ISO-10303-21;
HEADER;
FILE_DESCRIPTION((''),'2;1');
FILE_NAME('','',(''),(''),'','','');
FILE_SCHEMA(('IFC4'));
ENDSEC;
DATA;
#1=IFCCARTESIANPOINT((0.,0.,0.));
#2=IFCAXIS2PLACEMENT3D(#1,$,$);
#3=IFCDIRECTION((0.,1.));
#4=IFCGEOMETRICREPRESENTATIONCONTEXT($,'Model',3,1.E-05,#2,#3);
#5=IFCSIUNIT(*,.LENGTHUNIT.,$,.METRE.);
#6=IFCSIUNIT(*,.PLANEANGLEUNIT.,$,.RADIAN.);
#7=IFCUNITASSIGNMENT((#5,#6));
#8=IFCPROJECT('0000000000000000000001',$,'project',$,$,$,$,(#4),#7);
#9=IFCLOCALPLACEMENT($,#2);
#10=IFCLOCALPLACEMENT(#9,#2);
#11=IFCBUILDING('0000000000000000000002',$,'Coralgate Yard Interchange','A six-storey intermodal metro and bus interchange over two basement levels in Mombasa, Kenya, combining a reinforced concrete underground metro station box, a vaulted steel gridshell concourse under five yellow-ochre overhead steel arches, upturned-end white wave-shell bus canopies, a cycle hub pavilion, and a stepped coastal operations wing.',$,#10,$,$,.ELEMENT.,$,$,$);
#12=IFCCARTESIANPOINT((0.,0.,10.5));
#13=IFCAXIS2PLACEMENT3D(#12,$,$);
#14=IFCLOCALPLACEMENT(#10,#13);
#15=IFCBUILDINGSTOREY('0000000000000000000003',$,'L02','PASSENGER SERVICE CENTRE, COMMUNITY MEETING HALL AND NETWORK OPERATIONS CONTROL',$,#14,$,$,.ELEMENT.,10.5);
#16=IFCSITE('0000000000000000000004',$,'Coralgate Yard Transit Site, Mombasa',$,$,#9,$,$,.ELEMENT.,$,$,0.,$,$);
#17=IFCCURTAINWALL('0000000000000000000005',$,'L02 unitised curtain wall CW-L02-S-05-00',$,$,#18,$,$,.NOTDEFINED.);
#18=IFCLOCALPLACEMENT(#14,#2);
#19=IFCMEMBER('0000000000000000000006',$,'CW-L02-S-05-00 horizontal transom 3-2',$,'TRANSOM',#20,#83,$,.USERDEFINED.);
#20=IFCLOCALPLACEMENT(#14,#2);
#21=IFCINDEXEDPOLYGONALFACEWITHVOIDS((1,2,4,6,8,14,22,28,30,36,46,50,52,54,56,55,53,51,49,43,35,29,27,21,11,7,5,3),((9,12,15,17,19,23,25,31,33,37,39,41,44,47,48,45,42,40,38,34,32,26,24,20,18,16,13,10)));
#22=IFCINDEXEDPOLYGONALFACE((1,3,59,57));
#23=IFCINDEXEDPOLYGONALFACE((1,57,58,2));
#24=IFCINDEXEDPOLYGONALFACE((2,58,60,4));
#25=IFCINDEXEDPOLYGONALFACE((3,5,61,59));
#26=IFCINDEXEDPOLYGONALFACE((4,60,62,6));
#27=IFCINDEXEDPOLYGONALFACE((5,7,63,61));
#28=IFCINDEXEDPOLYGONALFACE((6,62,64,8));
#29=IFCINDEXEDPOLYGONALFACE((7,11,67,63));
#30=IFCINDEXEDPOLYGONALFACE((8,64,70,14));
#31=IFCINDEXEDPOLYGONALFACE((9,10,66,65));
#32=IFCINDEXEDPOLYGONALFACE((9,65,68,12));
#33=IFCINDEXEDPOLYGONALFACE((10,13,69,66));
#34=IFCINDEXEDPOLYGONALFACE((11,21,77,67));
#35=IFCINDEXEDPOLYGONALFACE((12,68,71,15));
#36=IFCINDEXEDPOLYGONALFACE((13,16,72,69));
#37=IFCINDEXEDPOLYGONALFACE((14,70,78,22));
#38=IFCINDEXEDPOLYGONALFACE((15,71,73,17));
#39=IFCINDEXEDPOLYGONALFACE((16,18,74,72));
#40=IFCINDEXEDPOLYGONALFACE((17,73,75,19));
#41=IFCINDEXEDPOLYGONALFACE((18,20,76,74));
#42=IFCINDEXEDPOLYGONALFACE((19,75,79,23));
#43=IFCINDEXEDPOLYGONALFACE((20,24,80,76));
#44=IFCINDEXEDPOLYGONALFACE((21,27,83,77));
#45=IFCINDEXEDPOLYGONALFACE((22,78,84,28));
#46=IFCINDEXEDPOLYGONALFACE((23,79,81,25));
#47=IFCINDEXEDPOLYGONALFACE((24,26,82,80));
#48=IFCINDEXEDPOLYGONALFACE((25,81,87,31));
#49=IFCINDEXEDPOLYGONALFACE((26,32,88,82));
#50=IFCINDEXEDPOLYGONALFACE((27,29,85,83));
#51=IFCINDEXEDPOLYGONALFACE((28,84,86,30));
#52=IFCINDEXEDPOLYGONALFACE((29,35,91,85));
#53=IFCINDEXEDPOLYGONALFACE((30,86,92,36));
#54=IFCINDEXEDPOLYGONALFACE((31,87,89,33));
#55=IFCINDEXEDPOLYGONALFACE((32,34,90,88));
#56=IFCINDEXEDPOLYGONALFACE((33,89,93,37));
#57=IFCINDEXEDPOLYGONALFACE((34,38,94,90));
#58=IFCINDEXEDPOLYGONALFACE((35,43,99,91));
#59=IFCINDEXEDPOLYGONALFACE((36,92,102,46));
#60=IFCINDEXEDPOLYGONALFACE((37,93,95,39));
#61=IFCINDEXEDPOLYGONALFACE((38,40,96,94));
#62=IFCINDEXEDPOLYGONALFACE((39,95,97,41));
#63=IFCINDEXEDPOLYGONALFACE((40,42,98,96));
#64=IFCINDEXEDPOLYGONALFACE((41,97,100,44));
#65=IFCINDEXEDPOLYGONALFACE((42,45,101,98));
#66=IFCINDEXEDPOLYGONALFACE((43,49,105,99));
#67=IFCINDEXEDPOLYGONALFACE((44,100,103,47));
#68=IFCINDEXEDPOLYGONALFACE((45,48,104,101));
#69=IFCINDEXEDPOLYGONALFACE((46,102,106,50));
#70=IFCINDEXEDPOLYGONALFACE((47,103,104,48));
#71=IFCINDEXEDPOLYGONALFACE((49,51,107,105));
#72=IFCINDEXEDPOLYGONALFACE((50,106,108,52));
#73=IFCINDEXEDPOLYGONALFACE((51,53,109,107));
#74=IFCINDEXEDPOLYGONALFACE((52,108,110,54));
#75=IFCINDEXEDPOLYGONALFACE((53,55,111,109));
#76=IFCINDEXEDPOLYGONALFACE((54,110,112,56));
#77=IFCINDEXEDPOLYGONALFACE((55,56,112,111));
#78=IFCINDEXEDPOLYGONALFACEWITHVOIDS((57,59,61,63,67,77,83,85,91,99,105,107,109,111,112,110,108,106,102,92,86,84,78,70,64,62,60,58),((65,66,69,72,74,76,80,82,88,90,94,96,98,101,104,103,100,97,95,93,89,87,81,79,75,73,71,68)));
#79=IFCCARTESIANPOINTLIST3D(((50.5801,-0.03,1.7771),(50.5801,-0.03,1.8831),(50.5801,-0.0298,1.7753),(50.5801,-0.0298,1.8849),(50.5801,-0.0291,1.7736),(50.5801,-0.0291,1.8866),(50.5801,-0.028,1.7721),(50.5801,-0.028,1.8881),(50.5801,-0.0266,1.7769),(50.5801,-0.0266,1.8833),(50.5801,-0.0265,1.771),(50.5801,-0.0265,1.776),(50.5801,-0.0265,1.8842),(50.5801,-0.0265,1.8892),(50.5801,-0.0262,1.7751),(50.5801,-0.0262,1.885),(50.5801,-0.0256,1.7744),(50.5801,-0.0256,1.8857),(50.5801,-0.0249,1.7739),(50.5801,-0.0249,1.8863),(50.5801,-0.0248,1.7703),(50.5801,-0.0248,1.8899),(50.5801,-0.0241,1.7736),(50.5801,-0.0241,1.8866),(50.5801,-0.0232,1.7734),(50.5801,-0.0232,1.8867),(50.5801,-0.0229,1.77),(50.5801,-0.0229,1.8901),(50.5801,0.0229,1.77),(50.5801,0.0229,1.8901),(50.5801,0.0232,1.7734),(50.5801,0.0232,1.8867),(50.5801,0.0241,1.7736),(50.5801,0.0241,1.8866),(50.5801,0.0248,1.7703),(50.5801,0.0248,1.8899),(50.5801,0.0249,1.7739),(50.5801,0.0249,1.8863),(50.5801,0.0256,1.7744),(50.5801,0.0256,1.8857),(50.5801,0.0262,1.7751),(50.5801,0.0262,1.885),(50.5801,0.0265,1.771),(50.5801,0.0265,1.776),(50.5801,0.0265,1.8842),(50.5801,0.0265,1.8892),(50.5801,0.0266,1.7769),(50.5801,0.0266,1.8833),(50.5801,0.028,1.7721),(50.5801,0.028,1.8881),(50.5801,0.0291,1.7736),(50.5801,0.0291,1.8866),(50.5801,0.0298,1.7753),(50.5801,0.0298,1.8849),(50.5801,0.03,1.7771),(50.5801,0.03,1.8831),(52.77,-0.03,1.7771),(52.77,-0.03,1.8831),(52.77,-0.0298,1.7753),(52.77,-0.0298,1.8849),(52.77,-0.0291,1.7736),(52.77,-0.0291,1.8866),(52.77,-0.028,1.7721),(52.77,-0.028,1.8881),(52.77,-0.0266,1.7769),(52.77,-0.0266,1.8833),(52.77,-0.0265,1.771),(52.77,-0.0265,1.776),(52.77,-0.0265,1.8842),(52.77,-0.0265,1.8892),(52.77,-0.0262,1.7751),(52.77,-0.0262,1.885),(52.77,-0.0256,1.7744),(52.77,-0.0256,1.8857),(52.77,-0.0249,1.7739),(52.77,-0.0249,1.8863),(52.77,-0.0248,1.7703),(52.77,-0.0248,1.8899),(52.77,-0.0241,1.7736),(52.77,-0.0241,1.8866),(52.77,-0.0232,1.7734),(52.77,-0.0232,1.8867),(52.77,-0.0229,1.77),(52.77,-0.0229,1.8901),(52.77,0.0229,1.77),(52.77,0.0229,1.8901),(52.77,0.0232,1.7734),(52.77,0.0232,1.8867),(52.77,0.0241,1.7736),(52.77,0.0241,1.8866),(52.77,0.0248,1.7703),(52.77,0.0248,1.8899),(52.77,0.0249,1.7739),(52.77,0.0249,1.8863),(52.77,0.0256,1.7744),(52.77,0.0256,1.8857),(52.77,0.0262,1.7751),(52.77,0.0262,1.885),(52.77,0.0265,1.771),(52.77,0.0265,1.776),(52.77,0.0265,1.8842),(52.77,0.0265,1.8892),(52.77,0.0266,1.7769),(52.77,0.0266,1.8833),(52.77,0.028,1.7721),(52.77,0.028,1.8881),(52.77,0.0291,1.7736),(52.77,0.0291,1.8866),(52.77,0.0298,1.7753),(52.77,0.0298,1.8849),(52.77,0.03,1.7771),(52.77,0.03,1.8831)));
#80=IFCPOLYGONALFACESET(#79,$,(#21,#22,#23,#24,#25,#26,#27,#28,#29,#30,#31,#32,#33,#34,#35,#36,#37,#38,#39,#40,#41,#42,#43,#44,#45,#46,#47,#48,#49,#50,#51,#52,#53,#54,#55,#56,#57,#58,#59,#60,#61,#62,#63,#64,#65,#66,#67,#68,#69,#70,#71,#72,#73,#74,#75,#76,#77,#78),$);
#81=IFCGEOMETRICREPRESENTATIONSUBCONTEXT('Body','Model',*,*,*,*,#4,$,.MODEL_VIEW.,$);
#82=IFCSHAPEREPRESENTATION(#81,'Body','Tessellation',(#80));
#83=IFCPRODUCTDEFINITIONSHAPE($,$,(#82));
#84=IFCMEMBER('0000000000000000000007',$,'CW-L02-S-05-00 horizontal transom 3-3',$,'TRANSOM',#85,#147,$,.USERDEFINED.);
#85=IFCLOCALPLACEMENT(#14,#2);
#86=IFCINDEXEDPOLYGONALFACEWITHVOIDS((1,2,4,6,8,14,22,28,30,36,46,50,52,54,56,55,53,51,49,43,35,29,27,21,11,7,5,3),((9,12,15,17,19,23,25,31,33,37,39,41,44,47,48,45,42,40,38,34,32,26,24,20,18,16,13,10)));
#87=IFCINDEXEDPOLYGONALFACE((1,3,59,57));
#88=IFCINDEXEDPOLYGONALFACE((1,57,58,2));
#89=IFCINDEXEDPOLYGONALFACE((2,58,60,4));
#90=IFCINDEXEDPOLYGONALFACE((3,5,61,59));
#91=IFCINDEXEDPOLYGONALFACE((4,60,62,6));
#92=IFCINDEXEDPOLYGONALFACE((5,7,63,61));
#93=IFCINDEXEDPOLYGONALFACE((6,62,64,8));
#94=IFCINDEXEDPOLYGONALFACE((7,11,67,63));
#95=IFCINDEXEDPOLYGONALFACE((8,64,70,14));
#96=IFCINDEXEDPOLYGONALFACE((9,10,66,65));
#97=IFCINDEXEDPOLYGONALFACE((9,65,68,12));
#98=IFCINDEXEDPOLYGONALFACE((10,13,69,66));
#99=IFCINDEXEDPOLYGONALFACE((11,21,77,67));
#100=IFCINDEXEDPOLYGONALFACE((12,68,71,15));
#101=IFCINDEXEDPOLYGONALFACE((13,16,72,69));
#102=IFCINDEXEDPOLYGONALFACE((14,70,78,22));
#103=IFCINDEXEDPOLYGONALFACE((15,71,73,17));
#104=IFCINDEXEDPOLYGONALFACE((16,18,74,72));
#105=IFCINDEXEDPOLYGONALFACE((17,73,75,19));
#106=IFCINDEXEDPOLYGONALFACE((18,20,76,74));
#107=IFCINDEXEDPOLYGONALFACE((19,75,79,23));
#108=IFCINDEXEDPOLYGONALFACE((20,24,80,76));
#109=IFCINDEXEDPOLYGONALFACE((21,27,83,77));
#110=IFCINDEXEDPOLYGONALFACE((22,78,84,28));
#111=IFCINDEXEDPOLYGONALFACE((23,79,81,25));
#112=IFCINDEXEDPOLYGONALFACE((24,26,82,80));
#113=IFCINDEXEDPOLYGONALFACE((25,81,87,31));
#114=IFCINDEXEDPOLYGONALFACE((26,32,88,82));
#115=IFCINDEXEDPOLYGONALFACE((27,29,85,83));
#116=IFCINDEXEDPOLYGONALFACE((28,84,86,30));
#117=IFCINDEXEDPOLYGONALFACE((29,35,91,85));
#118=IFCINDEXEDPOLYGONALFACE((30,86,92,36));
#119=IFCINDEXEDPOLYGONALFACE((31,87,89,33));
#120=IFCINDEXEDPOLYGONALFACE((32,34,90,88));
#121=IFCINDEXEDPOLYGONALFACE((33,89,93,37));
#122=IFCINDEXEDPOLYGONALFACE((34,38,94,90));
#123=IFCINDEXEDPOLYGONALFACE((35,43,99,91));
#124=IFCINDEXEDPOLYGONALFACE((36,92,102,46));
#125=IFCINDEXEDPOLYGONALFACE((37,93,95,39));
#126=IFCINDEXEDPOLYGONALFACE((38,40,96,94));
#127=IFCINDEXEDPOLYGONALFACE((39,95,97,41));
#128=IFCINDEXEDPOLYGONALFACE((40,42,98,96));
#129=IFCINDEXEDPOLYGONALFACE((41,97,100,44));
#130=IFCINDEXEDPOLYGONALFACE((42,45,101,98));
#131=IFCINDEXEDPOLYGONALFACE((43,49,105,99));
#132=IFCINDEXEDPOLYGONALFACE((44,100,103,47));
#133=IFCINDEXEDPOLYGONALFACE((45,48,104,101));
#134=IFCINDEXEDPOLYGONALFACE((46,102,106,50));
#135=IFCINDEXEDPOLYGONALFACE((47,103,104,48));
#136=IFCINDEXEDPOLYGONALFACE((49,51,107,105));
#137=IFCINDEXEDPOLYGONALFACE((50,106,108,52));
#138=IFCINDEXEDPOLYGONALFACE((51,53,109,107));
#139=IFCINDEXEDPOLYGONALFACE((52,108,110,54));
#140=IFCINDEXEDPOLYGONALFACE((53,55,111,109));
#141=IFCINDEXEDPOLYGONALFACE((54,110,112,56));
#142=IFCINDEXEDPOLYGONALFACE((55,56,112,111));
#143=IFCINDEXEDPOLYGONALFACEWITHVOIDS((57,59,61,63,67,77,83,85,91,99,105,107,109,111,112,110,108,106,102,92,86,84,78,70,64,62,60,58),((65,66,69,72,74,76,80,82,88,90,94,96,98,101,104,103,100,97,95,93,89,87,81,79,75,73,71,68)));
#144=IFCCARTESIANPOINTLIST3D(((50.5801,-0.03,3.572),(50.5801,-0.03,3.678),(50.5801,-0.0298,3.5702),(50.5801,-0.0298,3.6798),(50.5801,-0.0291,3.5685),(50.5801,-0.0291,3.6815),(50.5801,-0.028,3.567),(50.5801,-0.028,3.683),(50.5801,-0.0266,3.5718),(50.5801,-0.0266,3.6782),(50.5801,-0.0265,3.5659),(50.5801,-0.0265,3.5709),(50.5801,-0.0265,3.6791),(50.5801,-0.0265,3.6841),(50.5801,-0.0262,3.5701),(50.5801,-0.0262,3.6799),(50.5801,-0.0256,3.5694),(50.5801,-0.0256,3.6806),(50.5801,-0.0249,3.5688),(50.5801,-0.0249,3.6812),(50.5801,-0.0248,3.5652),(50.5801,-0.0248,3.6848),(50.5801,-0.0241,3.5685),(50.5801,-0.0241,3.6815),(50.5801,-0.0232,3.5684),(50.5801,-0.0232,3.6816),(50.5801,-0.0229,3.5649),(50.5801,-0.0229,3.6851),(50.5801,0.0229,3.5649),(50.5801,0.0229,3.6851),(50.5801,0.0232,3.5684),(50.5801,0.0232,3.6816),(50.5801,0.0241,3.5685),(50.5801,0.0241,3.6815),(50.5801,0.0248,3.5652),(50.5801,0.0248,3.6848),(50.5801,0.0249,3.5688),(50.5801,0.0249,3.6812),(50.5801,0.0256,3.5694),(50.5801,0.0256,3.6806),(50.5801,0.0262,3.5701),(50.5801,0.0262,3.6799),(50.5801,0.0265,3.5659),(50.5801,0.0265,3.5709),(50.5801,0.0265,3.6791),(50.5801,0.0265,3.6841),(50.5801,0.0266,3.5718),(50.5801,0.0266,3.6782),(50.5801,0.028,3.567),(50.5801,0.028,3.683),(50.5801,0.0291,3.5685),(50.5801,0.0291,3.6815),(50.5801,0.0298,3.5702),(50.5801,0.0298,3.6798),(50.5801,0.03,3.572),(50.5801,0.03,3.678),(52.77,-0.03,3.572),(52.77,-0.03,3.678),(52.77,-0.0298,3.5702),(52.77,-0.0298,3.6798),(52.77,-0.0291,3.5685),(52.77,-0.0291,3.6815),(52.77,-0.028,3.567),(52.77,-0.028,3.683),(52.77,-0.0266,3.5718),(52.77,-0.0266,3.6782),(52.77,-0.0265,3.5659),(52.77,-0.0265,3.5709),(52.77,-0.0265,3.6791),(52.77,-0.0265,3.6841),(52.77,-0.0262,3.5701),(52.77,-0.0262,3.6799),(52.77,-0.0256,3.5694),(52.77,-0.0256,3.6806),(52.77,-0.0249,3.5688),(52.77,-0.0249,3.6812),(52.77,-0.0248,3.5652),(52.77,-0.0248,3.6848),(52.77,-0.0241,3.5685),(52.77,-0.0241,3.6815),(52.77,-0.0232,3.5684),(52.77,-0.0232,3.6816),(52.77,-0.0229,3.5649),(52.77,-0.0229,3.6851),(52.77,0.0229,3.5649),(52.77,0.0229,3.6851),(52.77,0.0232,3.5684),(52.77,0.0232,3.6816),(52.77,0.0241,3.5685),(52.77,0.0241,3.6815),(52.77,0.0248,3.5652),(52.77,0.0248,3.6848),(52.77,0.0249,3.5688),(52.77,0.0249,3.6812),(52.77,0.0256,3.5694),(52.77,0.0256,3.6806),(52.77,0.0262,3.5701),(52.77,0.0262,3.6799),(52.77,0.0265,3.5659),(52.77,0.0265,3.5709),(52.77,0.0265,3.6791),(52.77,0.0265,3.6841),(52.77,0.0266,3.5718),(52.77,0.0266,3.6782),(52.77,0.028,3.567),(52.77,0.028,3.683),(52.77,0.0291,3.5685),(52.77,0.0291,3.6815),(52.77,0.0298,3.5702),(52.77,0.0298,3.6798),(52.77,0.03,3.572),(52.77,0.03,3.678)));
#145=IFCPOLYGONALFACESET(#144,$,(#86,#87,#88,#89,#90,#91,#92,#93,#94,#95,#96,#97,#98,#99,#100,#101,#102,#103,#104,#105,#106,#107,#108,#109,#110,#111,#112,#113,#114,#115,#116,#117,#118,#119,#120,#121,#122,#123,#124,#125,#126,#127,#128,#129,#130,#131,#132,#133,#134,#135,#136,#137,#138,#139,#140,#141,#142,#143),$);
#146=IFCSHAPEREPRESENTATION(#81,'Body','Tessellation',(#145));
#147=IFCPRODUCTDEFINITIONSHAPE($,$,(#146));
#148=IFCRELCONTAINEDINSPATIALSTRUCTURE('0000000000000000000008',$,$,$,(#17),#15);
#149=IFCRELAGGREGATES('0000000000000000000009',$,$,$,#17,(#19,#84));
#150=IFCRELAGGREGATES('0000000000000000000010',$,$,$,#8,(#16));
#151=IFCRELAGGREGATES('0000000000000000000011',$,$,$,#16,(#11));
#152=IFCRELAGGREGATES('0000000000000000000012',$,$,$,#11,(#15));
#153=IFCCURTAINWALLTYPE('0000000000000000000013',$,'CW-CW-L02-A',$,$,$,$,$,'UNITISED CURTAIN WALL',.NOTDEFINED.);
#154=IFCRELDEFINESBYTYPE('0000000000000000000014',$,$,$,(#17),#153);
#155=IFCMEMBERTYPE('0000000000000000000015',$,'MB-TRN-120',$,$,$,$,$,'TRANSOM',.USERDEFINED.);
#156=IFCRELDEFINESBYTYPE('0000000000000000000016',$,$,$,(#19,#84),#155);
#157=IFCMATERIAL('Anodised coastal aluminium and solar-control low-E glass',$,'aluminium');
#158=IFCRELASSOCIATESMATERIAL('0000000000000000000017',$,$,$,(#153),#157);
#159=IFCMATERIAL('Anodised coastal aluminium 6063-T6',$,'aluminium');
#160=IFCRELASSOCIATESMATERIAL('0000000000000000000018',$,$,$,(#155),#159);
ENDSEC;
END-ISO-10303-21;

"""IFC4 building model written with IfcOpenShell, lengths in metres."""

from ifc_helpers import new_model, si_unit, direction, frame, origin, origin_2d, place, context, subcontext, project, spatial, hollow_rectangle, extrude, material, material_profile, profile_set, type_object, element, aggregate, save


model = new_model("IFC4")

# Units and contexts
model_context = context("Model", 3, precision=1e-05, world=origin(), true_north=direction((0.0, 1.0)))
body_context = subcontext(model_context, "Body", "Model", "MODEL_VIEW")
ifc_project = project(units=[si_unit("LENGTHUNIT", "METRE"), si_unit("PLANEANGLEUNIT", "RADIAN")], contexts=[model_context])

# Site, building, storey
site_placement = place(None, origin())
site = spatial("IfcSite", under=ifc_project, at=site_placement, Name="Coralgate Yard Transit Site, Mombasa", CompositionType="ELEMENT", RefElevation=0.0)
building_placement = place(site_placement, origin())
building = spatial("IfcBuilding", under=site, at=building_placement, Name="Coralgate Yard Interchange", Description="A six-storey intermodal metro and bus interchange over two basement levels in Mombasa, Kenya, combining a reinforced concrete underground metro station box, a vaulted steel gridshell concourse under five yellow-ochre overhead steel arches, upturned-end white wave-shell bus canopies, a cycle hub pavilion, and a stepped coastal operations wing.", CompositionType="ELEMENT")
storey_placement = place(building_placement, frame((0.0, 0.0, 10.5)))
storey = spatial("IfcBuildingStorey", under=building, at=storey_placement, Name="L02", Description="PASSENGER SERVICE CENTRE, COMMUNITY MEETING HALL AND NETWORK OPERATIONS CONTROL", CompositionType="ELEMENT", Elevation=10.5)

# Shared definitions
ifc_material_1 = material(Name="Anodised coastal aluminium and solar-control low-E glass", Category="aluminium")
curtain_wall_type = type_object("IfcCurtainWallType", Name="CW-CW-L02-A", ElementType="UNITISED CURTAIN WALL", PredefinedType="NOTDEFINED", material=ifc_material_1)
ifc_material_2 = material(Name="Anodised coastal aluminium 6063-T6", Category="aluminium")

# Curtain wall
curtain_wall_1_placement = place(storey_placement, origin())
curtain_wall_1 = element("IfcCurtainWall", 1, at=curtain_wall_1_placement, inside=storey, type_object=curtain_wall_type, Name="L02 unitised curtain wall CW-L02-S-05-00", PredefinedType="NOTDEFINED")

# Members
ifc_material_profile_1 = material_profile(ifc_material_2, hollow_rectangle(XDim=0.0601, YDim=0.1201, WallThickness=0.0034, InnerFilletRadius=0.0034, OuterFilletRadius=0.0071, at=origin_2d()), Name="ALU 60x120x3.5")
ifc_profile_set_1 = profile_set([ifc_material_profile_1], Name="Anodised coastal aluminium 6063-T6")
member_type_1 = type_object("IfcMemberType", Name="MB-TRN-120", ElementType="TRANSOM", PredefinedType="USERDEFINED", material=ifc_profile_set_1)
member_1_placement = place(storey_placement, frame((52.77, 0.0, 1.8301), z_axis=(-1.0, 0.0, 0.0), x_axis=(0.0, -1.0, 0.0)))
member_1 = element("IfcMember", 2, at=member_1_placement, type_object=member_type_1, Name="CW-L02-S-05-00 horizontal transom 3-2", ObjectType="TRANSOM", PredefinedType="USERDEFINED", context=body_context, shape_type="SweptSolid", body=[
    extrude(hollow_rectangle(XDim=0.0601, YDim=0.1201, WallThickness=0.0034, InnerFilletRadius=0.0034, OuterFilletRadius=0.0071, at=origin_2d()), origin(), (0.0, 0.0, 1.0), 2.1899),
])
member_2_placement = place(storey_placement, frame((52.77, 0.0, 3.625), z_axis=(-1.0, 0.0, 0.0), x_axis=(0.0, -1.0, 0.0)))
member_2 = element("IfcMember", 3, at=member_2_placement, type_object=member_type_1, Name="CW-L02-S-05-00 horizontal transom 3-3", ObjectType="TRANSOM", PredefinedType="USERDEFINED", context=body_context, shape_type="SweptSolid", body=[
    extrude(hollow_rectangle(XDim=0.0601, YDim=0.1201, WallThickness=0.0034, InnerFilletRadius=0.0034, OuterFilletRadius=0.0071, at=origin_2d()), origin(), (0.0, 0.0, 1.0), 2.1899),
])

aggregate(curtain_wall_1, [member_1, member_2])

save(model, "model.ifc")
